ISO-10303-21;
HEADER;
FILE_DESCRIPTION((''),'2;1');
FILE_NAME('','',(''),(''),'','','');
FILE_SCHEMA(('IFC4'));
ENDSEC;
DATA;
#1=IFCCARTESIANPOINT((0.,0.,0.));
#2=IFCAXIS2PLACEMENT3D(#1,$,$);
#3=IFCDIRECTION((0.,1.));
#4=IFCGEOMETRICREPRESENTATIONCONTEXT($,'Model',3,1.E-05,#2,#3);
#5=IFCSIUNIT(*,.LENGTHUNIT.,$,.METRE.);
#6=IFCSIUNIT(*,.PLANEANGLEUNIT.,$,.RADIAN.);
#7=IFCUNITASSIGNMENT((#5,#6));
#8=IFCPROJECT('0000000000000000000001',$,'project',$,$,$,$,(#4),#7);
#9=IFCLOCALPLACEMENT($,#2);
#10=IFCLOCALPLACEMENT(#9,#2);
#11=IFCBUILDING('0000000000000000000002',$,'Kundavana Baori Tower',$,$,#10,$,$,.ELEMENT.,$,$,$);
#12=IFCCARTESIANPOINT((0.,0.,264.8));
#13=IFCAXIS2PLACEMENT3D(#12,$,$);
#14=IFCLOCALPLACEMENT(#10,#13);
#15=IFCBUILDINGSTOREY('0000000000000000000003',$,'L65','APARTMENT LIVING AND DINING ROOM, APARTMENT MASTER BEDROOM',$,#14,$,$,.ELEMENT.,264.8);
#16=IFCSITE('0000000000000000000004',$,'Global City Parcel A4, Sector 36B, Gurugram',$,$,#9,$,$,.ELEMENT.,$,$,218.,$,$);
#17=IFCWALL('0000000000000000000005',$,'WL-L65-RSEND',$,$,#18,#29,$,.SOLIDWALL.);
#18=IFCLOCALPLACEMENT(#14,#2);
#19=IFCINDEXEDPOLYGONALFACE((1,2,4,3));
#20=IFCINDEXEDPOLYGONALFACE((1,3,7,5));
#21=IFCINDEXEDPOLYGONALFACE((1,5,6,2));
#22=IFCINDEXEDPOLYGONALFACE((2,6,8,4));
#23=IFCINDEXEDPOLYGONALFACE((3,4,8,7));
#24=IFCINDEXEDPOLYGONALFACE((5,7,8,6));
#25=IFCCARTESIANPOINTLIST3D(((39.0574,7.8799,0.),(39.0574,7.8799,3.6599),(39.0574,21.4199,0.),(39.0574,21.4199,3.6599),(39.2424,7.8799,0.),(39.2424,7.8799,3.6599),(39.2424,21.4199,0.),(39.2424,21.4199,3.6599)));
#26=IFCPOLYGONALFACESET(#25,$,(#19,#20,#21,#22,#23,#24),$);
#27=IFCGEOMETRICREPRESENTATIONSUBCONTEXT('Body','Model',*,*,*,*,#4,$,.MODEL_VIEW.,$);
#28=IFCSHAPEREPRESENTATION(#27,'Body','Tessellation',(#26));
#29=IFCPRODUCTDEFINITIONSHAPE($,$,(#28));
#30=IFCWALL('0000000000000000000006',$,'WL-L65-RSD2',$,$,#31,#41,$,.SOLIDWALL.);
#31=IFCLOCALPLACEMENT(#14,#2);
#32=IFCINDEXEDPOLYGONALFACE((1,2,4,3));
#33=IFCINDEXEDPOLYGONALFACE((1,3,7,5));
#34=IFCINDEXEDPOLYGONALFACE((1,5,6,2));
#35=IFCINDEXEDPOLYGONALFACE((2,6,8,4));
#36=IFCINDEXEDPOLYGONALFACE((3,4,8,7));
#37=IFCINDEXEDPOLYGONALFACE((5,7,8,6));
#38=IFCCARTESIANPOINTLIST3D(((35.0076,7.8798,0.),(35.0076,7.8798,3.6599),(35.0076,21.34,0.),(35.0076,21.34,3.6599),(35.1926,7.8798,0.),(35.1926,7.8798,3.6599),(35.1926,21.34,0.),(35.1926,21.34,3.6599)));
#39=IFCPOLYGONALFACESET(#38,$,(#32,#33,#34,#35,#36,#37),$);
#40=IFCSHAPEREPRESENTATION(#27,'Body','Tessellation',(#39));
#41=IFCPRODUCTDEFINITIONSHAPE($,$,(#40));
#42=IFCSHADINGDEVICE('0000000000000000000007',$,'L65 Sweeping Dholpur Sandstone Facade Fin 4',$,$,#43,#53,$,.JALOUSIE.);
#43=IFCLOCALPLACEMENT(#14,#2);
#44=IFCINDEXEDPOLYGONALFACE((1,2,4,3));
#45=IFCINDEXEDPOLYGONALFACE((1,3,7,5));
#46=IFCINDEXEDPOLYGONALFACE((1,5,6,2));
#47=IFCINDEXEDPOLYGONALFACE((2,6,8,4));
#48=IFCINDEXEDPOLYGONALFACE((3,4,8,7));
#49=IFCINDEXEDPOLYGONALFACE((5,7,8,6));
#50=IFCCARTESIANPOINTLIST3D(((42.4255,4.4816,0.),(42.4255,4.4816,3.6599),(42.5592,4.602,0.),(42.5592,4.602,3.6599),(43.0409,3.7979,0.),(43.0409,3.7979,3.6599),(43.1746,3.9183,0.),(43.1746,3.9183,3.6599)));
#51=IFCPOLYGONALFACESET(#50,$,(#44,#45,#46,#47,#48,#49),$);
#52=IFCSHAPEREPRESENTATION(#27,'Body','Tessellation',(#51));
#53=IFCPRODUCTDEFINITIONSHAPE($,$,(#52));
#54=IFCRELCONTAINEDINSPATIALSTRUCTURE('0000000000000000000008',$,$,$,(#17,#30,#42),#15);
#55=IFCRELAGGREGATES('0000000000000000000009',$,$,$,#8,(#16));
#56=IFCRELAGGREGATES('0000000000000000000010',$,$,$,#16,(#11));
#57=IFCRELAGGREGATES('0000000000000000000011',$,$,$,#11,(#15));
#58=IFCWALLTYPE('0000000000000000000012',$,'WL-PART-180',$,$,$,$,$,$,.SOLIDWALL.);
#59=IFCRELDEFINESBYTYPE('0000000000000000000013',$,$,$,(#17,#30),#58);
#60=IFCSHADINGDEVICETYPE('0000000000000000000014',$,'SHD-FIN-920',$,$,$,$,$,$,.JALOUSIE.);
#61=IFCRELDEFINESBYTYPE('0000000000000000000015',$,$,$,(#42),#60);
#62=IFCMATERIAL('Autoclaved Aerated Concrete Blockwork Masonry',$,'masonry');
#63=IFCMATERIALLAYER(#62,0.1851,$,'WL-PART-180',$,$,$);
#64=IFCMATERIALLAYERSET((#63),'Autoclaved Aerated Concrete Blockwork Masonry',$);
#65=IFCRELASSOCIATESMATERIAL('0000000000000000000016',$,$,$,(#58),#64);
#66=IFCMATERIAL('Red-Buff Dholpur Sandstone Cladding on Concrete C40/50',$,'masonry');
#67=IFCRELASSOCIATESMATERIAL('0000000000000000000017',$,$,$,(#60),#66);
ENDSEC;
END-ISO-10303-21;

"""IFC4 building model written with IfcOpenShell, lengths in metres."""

from ifc_helpers import new_model, si_unit, direction, frame, frame_2d, origin, origin_2d, place, context, subcontext, project, spatial, rectangle, extrude, material, layer, layer_set, type_object, element, save


model = new_model("IFC4")

# Units and contexts
model_context = context("Model", 3, precision=1e-05, world=origin(), true_north=direction((0.0, 1.0)))
body_context = subcontext(model_context, "Body", "Model", "MODEL_VIEW")
ifc_project = project(units=[si_unit("LENGTHUNIT", "METRE"), si_unit("PLANEANGLEUNIT", "RADIAN")], contexts=[model_context])

# Site, building, storey
site_placement = place(None, origin())
site = spatial("IfcSite", under=ifc_project, at=site_placement, Name="Global City Parcel A4, Sector 36B, Gurugram", CompositionType="ELEMENT", RefElevation=218.0)
building_placement = place(site_placement, origin())
building = spatial("IfcBuilding", under=site, at=building_placement, Name="Kundavana Baori Tower", CompositionType="ELEMENT")
storey_placement = place(building_placement, frame((0.0, 0.0, 264.8)))
storey = spatial("IfcBuildingStorey", under=building, at=storey_placement, Name="L65", Description="APARTMENT LIVING AND DINING ROOM, APARTMENT MASTER BEDROOM", CompositionType="ELEMENT", Elevation=264.8)

# Walls
ifc_material_1 = material(Name="Autoclaved Aerated Concrete Blockwork Masonry", Category="masonry")
ifc_layer_1 = layer(ifc_material_1, 0.1851, Name="WL-PART-180")
ifc_layer_set_1 = layer_set([ifc_layer_1], Name="Autoclaved Aerated Concrete Blockwork Masonry")
wall_type_1 = type_object("IfcWallType", Name="WL-PART-180", PredefinedType="SOLIDWALL", material=ifc_layer_set_1)
wall_1_placement = place(storey_placement, frame((39.1499, 7.8799, 0.0), z_axis=(0.0, 0.0, 1.0), x_axis=(0.0, 1.0, 0.0)))
element("IfcWall", 1, at=wall_1_placement, inside=storey, type_object=wall_type_1, Name="WL-L65-RSEND", PredefinedType="SOLIDWALL", context=body_context, shape_type="SweptSolid", body=[
    extrude(rectangle(XDim=13.54, YDim=0.1851, at=frame_2d((6.77, 0.0))), origin(), (0.0, 0.0, 1.0), 3.6599),
])
wall_2_placement = place(storey_placement, frame((35.1001, 7.8799, 0.0), z_axis=(0.0, 0.0, 1.0), x_axis=(0.0, 1.0, 0.0)))
element("IfcWall", 2, at=wall_2_placement, inside=storey, type_object=wall_type_1, Name="WL-L65-RSD2", PredefinedType="SOLIDWALL", context=body_context, shape_type="SweptSolid", body=[
    extrude(rectangle(XDim=13.4602, YDim=0.1851, at=frame_2d((6.73, 0.0))), origin(), (0.0, 0.0, 1.0), 3.6599),
])

# Shading device
ifc_material_2 = material(Name="Red-Buff Dholpur Sandstone Cladding on Concrete C40/50", Category="masonry")
shading_device_type = type_object("IfcShadingDeviceType", Name="SHD-FIN-920", PredefinedType="JALOUSIE", material=ifc_material_2)
shading_device_placement = place(storey_placement, frame((42.8, 4.2, 0.0), z_axis=(0.0, 0.0, 1.0), x_axis=(0.743262, 0.669001, 0.0)))
element("IfcShadingDevice", 3, at=shading_device_placement, inside=storey, type_object=shading_device_type, Name="L65 Sweeping Dholpur Sandstone Facade Fin 4", PredefinedType="JALOUSIE", context=body_context, shape_type="SweptSolid", body=[
    extrude(rectangle(XDim=0.1799, YDim=0.9199, at=origin_2d()), origin(), (0.0, 0.0, 1.0), 3.6599),
])

save(model, "model.ifc")
